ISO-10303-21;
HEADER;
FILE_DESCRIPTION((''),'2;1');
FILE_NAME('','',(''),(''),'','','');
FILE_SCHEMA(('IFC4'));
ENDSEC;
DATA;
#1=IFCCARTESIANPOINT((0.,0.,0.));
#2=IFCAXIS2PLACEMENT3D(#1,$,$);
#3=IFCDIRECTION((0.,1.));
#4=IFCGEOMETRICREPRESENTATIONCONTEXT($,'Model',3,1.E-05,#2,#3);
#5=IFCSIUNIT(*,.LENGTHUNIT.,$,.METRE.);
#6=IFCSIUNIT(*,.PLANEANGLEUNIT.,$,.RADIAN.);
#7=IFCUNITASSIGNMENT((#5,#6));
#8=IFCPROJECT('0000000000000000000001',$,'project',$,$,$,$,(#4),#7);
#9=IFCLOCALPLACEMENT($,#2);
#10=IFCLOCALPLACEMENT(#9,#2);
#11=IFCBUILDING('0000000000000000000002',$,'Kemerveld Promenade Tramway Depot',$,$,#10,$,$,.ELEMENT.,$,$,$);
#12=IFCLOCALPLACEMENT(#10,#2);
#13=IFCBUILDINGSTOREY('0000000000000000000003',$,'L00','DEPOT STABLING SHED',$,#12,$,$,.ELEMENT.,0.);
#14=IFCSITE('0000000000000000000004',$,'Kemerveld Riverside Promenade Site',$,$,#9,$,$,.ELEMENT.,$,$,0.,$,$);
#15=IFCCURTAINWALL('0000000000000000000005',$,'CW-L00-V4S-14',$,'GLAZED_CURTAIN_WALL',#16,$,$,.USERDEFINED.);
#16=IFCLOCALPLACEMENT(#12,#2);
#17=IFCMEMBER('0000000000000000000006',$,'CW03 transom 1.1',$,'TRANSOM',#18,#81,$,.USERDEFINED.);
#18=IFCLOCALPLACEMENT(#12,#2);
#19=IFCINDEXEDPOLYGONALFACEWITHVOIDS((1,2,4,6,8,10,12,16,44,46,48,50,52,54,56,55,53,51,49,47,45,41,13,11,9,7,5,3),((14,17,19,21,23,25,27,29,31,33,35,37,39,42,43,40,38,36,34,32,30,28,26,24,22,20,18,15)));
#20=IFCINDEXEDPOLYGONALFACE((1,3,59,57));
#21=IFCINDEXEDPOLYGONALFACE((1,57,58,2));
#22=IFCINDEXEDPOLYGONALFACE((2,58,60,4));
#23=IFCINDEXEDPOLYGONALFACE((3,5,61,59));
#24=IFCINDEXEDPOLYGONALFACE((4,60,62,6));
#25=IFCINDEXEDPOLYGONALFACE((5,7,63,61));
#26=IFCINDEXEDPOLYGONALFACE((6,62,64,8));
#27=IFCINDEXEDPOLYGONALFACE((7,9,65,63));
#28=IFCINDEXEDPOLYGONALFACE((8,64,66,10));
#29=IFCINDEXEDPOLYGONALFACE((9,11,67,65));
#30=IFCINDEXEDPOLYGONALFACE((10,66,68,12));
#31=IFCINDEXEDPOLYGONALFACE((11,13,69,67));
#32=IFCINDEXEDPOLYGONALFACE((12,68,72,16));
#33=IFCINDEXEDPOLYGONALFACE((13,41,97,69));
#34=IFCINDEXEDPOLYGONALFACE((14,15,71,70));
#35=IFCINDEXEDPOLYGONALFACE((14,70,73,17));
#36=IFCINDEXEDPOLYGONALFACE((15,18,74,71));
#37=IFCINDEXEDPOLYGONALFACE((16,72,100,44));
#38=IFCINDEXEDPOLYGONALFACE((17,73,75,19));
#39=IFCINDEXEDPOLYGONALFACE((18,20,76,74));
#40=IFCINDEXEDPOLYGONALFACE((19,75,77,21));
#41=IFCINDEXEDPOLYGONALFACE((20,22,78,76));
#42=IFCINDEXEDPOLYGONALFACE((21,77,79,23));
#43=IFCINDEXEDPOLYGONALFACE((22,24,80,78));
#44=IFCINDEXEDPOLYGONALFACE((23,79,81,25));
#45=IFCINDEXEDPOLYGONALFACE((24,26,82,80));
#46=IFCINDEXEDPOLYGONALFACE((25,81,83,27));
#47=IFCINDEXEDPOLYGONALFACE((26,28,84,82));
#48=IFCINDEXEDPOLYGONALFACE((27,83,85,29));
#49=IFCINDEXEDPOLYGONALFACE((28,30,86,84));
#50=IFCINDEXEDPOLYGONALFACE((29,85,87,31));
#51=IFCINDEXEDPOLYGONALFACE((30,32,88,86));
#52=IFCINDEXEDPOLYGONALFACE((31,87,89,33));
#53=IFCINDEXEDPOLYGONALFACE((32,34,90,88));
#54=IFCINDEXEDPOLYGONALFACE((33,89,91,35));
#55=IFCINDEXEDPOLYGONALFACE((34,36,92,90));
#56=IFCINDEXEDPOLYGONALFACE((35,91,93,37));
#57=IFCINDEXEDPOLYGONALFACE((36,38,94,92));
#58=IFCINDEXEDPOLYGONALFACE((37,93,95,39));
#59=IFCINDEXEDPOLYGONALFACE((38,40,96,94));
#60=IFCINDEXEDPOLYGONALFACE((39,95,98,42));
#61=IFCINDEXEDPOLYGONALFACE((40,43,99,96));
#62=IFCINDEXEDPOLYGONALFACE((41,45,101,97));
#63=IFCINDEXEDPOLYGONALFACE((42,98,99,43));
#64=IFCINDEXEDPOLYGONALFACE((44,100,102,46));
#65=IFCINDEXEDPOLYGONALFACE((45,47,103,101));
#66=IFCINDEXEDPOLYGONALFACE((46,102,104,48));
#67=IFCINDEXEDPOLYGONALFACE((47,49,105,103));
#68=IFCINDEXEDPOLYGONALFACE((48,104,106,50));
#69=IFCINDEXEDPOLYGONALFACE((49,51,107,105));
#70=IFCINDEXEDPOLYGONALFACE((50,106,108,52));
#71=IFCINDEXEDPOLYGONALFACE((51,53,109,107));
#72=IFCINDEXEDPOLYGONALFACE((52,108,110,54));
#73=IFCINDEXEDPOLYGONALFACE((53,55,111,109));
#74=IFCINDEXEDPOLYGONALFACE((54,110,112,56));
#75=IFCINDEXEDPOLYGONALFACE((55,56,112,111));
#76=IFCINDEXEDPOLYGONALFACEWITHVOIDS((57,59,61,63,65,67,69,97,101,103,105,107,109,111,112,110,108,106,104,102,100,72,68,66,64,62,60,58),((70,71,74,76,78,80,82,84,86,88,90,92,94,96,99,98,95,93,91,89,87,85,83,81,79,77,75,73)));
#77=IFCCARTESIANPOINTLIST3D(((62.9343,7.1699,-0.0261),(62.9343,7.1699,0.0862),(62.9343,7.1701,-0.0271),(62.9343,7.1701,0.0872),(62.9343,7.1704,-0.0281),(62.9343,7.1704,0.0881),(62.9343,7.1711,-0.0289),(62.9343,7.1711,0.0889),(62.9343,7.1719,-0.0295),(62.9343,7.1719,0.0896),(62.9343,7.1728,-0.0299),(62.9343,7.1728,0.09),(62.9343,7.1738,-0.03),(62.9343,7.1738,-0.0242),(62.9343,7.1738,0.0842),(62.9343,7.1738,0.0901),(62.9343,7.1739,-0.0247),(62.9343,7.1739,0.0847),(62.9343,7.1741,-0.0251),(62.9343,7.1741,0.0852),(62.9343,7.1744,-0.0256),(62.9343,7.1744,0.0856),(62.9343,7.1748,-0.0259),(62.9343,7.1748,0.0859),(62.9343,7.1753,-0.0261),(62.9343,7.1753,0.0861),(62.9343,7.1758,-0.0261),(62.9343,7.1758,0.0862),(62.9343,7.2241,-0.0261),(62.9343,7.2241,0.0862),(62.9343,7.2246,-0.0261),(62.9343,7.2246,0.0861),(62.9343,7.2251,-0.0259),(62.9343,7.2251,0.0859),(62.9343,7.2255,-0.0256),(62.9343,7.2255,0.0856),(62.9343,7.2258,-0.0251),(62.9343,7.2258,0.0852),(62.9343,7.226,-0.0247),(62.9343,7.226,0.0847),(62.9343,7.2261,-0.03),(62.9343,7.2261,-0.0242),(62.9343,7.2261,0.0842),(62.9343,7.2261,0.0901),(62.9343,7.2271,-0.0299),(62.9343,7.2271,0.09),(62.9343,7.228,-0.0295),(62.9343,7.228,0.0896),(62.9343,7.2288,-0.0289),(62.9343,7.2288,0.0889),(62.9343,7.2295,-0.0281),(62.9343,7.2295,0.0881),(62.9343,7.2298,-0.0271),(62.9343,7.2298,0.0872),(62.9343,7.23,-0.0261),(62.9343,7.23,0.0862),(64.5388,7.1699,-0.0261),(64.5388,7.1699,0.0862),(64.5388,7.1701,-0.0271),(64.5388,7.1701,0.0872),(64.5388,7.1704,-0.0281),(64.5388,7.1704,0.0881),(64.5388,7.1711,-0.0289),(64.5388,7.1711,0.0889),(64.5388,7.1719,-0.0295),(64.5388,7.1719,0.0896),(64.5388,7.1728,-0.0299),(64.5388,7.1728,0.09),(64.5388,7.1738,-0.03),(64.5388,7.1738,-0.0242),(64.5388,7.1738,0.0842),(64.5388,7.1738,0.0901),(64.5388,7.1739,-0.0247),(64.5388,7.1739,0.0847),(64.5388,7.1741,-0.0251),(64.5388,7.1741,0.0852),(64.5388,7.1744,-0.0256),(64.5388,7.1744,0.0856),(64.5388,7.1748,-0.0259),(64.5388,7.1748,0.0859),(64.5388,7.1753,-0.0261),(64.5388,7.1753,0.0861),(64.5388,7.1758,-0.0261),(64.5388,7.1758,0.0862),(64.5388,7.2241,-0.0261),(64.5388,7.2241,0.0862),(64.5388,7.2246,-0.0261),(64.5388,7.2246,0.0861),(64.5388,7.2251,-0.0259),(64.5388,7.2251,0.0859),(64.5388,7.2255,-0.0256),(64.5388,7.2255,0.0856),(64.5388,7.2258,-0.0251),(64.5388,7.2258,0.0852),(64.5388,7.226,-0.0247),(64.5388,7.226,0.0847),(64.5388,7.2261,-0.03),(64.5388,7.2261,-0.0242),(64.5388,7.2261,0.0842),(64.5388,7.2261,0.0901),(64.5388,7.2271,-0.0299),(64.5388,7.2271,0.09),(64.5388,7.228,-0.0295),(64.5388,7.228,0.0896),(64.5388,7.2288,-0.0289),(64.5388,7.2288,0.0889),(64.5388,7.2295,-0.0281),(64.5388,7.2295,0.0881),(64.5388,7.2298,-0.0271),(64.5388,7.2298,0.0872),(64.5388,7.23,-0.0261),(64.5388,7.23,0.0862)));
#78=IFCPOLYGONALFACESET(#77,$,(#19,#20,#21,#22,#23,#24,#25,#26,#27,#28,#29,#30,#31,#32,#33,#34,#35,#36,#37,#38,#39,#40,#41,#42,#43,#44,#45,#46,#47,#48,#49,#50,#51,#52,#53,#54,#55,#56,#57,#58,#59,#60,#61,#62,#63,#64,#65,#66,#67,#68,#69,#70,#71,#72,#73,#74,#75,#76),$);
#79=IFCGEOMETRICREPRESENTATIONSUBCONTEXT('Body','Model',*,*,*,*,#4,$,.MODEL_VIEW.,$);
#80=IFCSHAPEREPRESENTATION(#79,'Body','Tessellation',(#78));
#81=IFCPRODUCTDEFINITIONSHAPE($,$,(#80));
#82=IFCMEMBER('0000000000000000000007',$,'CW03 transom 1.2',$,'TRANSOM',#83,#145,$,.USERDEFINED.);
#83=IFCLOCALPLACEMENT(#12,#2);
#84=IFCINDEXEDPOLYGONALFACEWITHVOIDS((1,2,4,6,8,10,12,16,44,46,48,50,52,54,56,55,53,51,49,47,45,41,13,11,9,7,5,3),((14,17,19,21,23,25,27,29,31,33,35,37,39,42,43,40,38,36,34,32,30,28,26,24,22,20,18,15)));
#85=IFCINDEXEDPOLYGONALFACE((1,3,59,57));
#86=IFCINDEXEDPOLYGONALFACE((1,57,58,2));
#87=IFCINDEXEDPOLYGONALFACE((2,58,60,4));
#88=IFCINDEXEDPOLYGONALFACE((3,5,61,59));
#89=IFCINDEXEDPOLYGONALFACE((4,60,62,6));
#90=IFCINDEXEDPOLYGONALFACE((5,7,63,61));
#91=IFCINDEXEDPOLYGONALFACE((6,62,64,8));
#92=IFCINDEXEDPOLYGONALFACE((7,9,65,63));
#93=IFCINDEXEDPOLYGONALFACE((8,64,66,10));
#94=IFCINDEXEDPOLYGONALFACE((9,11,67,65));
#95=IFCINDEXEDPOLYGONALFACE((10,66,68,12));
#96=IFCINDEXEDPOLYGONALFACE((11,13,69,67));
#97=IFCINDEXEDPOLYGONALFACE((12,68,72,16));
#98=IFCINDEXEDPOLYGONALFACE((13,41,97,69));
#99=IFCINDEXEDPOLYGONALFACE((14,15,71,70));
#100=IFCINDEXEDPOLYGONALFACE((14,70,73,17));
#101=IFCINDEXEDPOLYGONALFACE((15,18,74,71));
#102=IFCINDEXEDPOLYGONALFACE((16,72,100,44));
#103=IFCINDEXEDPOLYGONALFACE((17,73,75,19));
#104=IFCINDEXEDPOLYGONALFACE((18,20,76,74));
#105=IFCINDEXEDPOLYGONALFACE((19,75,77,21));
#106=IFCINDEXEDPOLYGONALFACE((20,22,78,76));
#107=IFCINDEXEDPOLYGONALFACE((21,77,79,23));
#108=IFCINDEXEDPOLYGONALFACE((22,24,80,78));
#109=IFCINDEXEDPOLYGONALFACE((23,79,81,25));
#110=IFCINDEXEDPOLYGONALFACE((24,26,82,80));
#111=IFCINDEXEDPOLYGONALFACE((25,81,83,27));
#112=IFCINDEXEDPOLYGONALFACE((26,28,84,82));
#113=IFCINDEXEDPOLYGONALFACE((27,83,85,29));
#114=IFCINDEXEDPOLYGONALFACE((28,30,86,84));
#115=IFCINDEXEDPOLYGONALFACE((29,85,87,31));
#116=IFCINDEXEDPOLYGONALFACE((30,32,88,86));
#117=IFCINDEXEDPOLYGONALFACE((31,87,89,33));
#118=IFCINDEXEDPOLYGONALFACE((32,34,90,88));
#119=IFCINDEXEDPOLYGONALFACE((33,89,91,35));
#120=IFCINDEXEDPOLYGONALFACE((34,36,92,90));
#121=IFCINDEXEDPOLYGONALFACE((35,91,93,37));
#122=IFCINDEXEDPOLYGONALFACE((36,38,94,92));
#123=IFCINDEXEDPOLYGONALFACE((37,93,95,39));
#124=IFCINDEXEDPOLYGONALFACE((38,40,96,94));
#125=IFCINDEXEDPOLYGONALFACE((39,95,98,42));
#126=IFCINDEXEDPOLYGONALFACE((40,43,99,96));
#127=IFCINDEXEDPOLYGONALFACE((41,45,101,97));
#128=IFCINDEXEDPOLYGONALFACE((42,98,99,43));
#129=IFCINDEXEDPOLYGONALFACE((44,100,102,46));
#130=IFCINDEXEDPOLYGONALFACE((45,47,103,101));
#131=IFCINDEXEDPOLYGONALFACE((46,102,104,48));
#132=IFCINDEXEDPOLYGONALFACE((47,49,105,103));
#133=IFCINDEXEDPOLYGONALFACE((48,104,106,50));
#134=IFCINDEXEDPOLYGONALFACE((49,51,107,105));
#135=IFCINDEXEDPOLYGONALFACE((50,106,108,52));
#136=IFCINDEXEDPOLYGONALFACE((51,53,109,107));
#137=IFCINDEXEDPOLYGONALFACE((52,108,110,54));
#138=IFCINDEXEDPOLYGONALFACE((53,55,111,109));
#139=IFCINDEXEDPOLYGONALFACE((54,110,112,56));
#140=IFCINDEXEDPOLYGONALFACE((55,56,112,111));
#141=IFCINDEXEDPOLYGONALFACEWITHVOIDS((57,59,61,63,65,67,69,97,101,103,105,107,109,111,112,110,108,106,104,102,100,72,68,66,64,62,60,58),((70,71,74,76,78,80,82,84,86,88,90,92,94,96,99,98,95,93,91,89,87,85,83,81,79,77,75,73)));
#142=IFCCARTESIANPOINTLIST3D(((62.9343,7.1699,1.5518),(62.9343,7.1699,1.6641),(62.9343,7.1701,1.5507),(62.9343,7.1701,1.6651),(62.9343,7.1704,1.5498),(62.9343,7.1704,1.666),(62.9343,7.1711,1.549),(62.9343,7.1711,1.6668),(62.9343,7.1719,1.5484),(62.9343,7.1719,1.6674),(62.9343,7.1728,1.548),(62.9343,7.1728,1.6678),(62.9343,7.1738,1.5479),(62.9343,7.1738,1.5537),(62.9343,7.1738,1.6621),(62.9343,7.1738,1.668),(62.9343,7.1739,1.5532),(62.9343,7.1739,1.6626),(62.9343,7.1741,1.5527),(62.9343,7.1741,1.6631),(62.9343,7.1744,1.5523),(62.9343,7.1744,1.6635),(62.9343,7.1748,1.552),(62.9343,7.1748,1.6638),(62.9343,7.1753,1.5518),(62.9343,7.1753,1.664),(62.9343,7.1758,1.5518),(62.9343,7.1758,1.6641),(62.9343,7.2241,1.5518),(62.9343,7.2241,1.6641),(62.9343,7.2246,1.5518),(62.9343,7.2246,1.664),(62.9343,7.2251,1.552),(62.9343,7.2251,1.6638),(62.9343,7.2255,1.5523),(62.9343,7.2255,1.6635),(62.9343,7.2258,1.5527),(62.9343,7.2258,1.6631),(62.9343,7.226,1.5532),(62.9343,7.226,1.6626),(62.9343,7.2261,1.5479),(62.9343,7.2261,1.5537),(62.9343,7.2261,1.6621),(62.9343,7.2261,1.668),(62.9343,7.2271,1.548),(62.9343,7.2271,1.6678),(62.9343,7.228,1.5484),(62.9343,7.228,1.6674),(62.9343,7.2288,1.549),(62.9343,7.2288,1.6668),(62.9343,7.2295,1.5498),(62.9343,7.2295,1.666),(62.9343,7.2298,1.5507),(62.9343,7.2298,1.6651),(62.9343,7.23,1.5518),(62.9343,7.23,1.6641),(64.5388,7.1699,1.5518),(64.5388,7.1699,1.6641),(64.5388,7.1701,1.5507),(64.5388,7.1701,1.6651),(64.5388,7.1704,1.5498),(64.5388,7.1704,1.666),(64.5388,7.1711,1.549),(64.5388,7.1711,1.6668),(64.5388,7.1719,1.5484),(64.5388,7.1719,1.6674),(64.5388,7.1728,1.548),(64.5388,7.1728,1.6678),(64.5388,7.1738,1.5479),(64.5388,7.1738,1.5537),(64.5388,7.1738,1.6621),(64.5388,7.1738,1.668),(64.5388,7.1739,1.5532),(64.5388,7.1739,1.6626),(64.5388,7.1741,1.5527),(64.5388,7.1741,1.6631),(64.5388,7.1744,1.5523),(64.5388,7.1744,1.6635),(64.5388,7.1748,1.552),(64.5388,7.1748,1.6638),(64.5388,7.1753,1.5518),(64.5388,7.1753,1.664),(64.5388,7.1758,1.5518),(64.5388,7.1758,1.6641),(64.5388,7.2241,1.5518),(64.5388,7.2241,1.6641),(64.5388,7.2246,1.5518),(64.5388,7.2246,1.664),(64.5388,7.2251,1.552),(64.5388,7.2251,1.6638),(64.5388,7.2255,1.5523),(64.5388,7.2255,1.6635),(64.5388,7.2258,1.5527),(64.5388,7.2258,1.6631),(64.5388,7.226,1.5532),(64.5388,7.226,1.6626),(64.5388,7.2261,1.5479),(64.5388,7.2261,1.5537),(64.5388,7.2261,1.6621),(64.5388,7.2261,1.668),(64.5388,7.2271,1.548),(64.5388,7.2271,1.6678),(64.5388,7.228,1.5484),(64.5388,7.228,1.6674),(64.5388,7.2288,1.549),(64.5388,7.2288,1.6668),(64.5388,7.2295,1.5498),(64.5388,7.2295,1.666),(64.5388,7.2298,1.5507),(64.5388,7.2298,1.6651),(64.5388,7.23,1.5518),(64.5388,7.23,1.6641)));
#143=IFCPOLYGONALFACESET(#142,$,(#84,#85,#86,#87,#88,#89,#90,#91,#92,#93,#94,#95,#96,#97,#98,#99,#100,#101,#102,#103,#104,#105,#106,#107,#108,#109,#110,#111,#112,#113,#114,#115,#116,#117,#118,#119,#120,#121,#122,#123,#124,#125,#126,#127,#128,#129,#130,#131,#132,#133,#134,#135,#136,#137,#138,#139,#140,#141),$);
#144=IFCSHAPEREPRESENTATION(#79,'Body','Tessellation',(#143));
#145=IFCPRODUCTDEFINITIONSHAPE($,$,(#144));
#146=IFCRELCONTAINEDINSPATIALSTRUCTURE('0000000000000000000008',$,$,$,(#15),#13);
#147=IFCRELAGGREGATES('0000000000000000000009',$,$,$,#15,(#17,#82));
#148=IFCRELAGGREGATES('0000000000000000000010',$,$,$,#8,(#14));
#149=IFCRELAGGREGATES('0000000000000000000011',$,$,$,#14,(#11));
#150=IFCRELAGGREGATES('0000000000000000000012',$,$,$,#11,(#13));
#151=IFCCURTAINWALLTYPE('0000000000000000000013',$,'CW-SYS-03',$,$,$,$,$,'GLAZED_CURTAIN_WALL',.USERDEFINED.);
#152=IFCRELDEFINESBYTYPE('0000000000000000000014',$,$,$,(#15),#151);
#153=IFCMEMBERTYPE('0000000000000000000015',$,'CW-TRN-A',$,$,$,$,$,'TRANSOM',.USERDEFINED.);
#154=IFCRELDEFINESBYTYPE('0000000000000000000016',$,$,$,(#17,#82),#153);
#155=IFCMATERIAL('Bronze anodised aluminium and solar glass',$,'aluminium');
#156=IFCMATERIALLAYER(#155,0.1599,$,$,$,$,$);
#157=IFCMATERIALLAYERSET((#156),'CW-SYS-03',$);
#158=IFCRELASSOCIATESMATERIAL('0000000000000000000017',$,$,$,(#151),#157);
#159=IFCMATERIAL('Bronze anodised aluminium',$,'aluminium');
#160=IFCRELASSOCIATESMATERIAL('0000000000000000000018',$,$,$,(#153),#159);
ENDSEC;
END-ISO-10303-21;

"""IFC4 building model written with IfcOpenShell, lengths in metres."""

from ifc_helpers import new_model, si_unit, direction, frame, origin, origin_2d, place, context, subcontext, project, spatial, hollow_rectangle, extrude, material, layer, layer_set, material_profile, profile_set, type_object, element, aggregate, save


model = new_model("IFC4")

# Units and contexts
model_context = context("Model", 3, precision=1e-05, world=origin(), true_north=direction((0.0, 1.0)))
body_context = subcontext(model_context, "Body", "Model", "MODEL_VIEW")
ifc_project = project(units=[si_unit("LENGTHUNIT", "METRE"), si_unit("PLANEANGLEUNIT", "RADIAN")], contexts=[model_context])

# Site, building, storey
site_placement = place(None, origin())
site = spatial("IfcSite", under=ifc_project, at=site_placement, Name="Kemerveld Riverside Promenade Site", CompositionType="ELEMENT", RefElevation=0.0)
building_placement = place(site_placement, origin())
building = spatial("IfcBuilding", under=site, at=building_placement, Name="Kemerveld Promenade Tramway Depot", CompositionType="ELEMENT")
storey_placement = place(building_placement, origin())
storey = spatial("IfcBuildingStorey", under=building, at=storey_placement, Name="L00", Description="DEPOT STABLING SHED", CompositionType="ELEMENT", Elevation=0.0)

# Curtain wall, members
ifc_material_1 = material(Name="Bronze anodised aluminium and solar glass", Category="aluminium")
ifc_layer_1 = layer(ifc_material_1, 0.1599)
ifc_layer_set_1 = layer_set([ifc_layer_1], Name="CW-SYS-03")
curtain_wall_type = type_object("IfcCurtainWallType", Name="CW-SYS-03", ElementType="GLAZED_CURTAIN_WALL", PredefinedType="USERDEFINED", material=ifc_layer_set_1)
curtain_wall_placement = place(storey_placement, origin())
curtain_wall = element("IfcCurtainWall", 1, at=curtain_wall_placement, inside=storey, type_object=curtain_wall_type, Name="CW-L00-V4S-14", ObjectType="GLAZED_CURTAIN_WALL", PredefinedType="USERDEFINED")
ifc_material_2 = material(Name="Bronze anodised aluminium", Category="aluminium")
ifc_material_profile_1 = material_profile(ifc_material_2, hollow_rectangle(XDim=0.0601, YDim=0.1201, WallThickness=0.0039, InnerFilletRadius=0.002, OuterFilletRadius=0.0039, at=origin_2d()), Name="CW-TRN-120x60")
ifc_profile_set_1 = profile_set([ifc_material_profile_1], Name="Bronze anodised aluminium")
member_type_1 = type_object("IfcMemberType", Name="CW-TRN-A", ElementType="TRANSOM", PredefinedType="USERDEFINED", material=ifc_profile_set_1)
member_1_placement = place(storey_placement, frame((64.5388, 7.2, 0.03), z_axis=(-1.0, 0.0, 0.0), x_axis=(0.0, -1.0, 0.0)))
member_1 = element("IfcMember", 2, at=member_1_placement, type_object=member_type_1, Name="CW03 transom 1.1", ObjectType="TRANSOM", PredefinedType="USERDEFINED", context=body_context, shape_type="SweptSolid", body=[
    extrude(hollow_rectangle(XDim=0.0601, YDim=0.1201, WallThickness=0.0039, InnerFilletRadius=0.002, OuterFilletRadius=0.0039, at=origin_2d()), origin(), (0.0, 0.0, 1.0), 1.6045),
])
member_2_placement = place(storey_placement, frame((64.5388, 7.2, 1.6079), z_axis=(-1.0, 0.0, 0.0), x_axis=(0.0, -1.0, 0.0)))
member_2 = element("IfcMember", 3, at=member_2_placement, type_object=member_type_1, Name="CW03 transom 1.2", ObjectType="TRANSOM", PredefinedType="USERDEFINED", context=body_context, shape_type="SweptSolid", body=[
    extrude(hollow_rectangle(XDim=0.0601, YDim=0.1201, WallThickness=0.0039, InnerFilletRadius=0.002, OuterFilletRadius=0.0039, at=origin_2d()), origin(), (0.0, 0.0, 1.0), 1.6045),
])
aggregate(curtain_wall, [member_1, member_2])

save(model, "model.ifc")
